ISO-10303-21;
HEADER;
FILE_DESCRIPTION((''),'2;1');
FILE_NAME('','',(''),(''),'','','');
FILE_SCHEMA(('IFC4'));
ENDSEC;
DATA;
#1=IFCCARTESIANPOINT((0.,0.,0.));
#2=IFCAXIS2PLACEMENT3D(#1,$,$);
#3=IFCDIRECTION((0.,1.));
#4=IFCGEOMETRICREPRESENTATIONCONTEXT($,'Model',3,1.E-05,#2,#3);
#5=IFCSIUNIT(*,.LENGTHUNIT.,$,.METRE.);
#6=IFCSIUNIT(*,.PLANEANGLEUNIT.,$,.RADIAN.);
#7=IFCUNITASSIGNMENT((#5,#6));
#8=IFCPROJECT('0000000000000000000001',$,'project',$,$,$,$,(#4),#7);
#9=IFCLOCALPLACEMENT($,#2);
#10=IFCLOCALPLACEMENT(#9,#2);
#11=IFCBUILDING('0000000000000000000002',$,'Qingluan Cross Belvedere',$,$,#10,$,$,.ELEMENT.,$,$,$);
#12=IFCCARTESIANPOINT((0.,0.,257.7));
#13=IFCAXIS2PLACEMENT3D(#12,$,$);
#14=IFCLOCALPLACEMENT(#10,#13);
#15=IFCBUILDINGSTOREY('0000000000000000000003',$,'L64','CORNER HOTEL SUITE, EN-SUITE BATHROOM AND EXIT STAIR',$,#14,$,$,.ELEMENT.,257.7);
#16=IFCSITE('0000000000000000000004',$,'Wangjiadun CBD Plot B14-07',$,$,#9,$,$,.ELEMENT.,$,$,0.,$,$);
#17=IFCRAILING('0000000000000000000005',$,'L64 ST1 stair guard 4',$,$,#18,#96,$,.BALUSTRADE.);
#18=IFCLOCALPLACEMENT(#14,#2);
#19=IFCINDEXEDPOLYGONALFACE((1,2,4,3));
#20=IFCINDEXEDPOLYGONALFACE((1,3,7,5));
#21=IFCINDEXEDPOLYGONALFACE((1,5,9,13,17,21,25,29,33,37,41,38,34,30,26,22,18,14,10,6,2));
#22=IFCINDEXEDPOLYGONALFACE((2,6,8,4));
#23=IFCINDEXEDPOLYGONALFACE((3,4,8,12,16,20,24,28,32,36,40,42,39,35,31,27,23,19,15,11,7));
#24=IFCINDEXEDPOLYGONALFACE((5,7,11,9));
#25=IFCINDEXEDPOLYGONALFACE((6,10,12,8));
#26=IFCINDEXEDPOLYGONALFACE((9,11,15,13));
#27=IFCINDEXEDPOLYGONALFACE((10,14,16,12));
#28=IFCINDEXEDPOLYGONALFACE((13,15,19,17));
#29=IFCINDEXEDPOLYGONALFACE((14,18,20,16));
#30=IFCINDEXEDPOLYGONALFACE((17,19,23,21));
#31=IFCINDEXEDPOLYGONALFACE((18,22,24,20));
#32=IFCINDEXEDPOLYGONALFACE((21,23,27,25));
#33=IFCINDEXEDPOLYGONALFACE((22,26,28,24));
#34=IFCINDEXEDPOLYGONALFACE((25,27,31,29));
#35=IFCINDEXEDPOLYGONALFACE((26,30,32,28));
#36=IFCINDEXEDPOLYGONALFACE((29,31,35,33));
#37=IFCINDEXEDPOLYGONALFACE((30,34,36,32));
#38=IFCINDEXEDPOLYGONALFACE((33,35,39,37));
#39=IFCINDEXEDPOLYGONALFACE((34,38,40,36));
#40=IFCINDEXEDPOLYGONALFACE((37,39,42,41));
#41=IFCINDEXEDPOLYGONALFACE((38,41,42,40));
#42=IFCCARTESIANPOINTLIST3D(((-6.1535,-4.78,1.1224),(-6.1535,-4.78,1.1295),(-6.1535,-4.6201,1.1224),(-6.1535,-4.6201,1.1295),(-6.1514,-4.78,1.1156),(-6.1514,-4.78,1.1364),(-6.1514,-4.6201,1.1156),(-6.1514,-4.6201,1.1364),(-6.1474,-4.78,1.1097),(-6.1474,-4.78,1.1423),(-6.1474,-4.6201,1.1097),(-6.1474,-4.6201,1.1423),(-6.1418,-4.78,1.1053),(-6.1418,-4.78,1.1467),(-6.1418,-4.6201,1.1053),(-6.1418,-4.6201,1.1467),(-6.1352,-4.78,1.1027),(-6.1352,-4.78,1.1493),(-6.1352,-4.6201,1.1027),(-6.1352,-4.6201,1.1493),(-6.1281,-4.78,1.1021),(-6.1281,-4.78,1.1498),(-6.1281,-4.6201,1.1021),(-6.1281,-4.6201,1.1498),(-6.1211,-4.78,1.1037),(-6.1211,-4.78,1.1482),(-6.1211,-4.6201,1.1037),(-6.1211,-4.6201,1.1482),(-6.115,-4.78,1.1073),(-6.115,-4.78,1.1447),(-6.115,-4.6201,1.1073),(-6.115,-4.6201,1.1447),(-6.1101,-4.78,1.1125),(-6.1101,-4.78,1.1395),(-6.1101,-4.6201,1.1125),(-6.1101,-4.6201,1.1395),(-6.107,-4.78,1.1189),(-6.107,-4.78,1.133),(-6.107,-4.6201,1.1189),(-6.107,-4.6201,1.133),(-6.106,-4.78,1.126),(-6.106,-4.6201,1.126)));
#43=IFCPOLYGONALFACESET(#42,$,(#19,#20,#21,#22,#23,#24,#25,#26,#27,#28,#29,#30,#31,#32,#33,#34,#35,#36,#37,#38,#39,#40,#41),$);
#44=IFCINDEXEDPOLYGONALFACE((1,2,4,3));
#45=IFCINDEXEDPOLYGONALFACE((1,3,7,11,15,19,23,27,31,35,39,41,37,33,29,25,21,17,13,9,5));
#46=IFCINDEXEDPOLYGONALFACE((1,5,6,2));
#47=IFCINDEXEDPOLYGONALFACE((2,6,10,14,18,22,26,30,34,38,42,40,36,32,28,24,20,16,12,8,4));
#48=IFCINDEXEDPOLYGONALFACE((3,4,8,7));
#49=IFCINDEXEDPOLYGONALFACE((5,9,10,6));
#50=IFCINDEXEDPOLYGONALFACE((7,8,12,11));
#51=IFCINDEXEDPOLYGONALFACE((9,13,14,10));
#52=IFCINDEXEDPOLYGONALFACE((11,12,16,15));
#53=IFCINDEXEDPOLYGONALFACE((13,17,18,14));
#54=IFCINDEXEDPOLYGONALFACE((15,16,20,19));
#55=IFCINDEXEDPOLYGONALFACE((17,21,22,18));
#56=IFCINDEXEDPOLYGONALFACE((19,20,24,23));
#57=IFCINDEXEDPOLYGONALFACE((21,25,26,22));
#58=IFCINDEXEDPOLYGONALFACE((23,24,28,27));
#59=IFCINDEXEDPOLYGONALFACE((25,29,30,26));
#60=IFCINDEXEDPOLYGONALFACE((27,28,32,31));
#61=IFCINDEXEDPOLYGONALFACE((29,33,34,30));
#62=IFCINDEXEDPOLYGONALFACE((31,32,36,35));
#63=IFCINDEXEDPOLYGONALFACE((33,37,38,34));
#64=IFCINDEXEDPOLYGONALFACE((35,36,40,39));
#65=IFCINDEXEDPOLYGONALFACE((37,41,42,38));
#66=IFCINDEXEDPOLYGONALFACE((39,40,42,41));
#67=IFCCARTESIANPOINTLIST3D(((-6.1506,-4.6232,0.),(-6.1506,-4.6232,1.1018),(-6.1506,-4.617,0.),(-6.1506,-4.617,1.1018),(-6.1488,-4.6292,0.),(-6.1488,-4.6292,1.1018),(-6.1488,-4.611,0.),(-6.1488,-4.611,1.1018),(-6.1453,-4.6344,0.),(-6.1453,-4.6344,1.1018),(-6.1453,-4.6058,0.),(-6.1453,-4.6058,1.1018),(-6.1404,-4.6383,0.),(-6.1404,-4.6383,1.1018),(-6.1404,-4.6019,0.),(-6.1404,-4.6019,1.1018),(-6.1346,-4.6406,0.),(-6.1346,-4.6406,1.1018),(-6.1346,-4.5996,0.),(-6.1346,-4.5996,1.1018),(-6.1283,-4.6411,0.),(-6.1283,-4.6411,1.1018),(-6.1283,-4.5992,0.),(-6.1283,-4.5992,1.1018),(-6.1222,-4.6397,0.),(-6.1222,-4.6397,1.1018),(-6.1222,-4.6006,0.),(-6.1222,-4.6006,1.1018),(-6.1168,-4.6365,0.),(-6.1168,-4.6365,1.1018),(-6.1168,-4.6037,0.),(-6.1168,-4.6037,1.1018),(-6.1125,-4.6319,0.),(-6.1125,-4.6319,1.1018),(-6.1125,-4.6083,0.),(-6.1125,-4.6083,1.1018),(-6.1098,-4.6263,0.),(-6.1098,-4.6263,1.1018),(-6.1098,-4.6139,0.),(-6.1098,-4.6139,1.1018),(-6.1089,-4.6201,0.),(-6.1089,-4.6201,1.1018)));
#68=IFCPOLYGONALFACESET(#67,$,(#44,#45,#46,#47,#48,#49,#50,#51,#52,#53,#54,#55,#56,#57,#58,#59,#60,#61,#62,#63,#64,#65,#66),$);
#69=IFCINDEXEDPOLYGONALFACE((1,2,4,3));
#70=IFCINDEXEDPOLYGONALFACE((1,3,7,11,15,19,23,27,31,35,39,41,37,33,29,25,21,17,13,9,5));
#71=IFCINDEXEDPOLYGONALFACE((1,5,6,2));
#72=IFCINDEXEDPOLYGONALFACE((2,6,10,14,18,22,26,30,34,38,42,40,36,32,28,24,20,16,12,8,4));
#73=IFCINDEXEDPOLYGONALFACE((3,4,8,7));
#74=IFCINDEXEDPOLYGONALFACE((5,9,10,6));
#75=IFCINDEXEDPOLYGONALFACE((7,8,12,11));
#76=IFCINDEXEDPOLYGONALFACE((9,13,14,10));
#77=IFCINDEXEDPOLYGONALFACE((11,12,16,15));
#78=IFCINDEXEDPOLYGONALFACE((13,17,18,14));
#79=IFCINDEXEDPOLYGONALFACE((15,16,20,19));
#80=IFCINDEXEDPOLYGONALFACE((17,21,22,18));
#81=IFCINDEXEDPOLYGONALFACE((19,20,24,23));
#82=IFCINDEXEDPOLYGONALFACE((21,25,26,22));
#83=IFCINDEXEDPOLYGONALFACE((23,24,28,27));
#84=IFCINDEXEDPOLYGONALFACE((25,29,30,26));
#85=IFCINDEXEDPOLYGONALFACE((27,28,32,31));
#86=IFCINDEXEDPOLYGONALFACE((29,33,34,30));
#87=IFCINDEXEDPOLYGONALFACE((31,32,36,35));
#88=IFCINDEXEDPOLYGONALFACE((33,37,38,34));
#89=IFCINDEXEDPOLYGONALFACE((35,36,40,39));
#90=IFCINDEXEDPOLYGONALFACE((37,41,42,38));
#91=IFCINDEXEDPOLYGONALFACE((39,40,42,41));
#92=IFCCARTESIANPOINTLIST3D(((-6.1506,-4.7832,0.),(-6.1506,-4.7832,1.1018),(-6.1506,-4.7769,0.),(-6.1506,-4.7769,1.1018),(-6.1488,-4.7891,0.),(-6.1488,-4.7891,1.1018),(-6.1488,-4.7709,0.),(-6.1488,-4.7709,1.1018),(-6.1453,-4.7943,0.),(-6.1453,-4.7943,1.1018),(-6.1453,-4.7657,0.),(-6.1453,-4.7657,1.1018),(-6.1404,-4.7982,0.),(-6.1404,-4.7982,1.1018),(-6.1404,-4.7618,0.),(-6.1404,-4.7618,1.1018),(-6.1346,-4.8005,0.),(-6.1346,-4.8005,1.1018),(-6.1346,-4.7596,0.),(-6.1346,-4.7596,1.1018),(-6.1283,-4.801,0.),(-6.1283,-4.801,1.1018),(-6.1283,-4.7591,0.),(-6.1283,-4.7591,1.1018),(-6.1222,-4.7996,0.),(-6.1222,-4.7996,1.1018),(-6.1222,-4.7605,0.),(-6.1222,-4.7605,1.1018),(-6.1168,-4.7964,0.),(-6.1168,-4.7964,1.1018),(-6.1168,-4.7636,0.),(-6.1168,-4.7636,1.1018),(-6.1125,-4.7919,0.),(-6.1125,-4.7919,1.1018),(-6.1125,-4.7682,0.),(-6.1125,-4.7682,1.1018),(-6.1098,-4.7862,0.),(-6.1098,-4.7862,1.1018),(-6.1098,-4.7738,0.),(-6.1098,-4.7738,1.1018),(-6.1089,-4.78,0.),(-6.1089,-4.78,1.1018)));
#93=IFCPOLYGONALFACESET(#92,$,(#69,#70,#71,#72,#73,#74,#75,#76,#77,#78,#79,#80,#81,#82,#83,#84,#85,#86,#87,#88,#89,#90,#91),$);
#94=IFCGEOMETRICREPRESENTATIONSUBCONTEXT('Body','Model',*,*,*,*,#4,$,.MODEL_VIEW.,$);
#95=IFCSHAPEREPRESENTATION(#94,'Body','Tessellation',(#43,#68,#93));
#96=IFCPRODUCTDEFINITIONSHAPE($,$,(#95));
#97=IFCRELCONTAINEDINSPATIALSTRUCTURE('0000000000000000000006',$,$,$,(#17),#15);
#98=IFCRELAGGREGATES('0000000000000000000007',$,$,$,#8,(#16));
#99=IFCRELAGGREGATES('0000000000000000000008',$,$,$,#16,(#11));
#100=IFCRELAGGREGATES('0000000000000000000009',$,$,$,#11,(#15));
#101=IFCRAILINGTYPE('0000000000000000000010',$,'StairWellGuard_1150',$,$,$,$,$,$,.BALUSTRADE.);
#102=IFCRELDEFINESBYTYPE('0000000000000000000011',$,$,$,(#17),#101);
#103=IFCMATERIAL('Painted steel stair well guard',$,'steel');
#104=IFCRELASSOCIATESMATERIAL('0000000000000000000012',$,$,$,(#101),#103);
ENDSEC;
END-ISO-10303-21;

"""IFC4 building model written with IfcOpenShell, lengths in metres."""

from ifc_helpers import new_model, si_unit, direction, frame, origin, origin_2d, place, context, subcontext, project, spatial, circle, extrude, material, type_object, element, save


model = new_model("IFC4")

# Units and contexts
model_context = context("Model", 3, precision=1e-05, world=origin(), true_north=direction((0.0, 1.0)))
body_context = subcontext(model_context, "Body", "Model", "MODEL_VIEW")
ifc_project = project(units=[si_unit("LENGTHUNIT", "METRE"), si_unit("PLANEANGLEUNIT", "RADIAN")], contexts=[model_context])

# Site, building, storey
site_placement = place(None, origin())
site = spatial("IfcSite", under=ifc_project, at=site_placement, Name="Wangjiadun CBD Plot B14-07", CompositionType="ELEMENT", RefElevation=0.0)
building_placement = place(site_placement, origin())
building = spatial("IfcBuilding", under=site, at=building_placement, Name="Qingluan Cross Belvedere", CompositionType="ELEMENT")
storey_placement = place(building_placement, frame((0.0, 0.0, 257.7)))
storey = spatial("IfcBuildingStorey", under=building, at=storey_placement, Name="L64", Description="CORNER HOTEL SUITE, EN-SUITE BATHROOM AND EXIT STAIR", CompositionType="ELEMENT", Elevation=257.7)

# Railing
ifc_material_1 = material(Name="Painted steel stair well guard", Category="steel")
railing_type_1 = type_object("IfcRailingType", Name="StairWellGuard_1150", PredefinedType="BALUSTRADE", material=ifc_material_1)
railing_1_placement = place(storey_placement, frame((-6.1299, -4.6201, 0.0)))
element("IfcRailing", 1, at=railing_1_placement, inside=storey, type_object=railing_type_1, Name="L64 ST1 stair guard 4", PredefinedType="BALUSTRADE", context=body_context, shape_type="SweptSolid", body=[
    extrude(circle(Radius=0.0239, at=origin_2d()), frame((0.0, 0.0, 1.126), z_axis=(0.0, -1.0, 0.0), x_axis=(1.0, 0.0, 0.0)), (0.0, 0.0, 1.0), 0.1599),
    extrude(circle(Radius=0.021, at=origin_2d()), origin(), (0.0, 0.0, 1.0), 1.1018),
    extrude(circle(Radius=0.021, at=origin_2d()), frame((0.0, -0.1599, 0.0)), (0.0, 0.0, 1.0), 1.1018),
])

save(model, "model.ifc")
